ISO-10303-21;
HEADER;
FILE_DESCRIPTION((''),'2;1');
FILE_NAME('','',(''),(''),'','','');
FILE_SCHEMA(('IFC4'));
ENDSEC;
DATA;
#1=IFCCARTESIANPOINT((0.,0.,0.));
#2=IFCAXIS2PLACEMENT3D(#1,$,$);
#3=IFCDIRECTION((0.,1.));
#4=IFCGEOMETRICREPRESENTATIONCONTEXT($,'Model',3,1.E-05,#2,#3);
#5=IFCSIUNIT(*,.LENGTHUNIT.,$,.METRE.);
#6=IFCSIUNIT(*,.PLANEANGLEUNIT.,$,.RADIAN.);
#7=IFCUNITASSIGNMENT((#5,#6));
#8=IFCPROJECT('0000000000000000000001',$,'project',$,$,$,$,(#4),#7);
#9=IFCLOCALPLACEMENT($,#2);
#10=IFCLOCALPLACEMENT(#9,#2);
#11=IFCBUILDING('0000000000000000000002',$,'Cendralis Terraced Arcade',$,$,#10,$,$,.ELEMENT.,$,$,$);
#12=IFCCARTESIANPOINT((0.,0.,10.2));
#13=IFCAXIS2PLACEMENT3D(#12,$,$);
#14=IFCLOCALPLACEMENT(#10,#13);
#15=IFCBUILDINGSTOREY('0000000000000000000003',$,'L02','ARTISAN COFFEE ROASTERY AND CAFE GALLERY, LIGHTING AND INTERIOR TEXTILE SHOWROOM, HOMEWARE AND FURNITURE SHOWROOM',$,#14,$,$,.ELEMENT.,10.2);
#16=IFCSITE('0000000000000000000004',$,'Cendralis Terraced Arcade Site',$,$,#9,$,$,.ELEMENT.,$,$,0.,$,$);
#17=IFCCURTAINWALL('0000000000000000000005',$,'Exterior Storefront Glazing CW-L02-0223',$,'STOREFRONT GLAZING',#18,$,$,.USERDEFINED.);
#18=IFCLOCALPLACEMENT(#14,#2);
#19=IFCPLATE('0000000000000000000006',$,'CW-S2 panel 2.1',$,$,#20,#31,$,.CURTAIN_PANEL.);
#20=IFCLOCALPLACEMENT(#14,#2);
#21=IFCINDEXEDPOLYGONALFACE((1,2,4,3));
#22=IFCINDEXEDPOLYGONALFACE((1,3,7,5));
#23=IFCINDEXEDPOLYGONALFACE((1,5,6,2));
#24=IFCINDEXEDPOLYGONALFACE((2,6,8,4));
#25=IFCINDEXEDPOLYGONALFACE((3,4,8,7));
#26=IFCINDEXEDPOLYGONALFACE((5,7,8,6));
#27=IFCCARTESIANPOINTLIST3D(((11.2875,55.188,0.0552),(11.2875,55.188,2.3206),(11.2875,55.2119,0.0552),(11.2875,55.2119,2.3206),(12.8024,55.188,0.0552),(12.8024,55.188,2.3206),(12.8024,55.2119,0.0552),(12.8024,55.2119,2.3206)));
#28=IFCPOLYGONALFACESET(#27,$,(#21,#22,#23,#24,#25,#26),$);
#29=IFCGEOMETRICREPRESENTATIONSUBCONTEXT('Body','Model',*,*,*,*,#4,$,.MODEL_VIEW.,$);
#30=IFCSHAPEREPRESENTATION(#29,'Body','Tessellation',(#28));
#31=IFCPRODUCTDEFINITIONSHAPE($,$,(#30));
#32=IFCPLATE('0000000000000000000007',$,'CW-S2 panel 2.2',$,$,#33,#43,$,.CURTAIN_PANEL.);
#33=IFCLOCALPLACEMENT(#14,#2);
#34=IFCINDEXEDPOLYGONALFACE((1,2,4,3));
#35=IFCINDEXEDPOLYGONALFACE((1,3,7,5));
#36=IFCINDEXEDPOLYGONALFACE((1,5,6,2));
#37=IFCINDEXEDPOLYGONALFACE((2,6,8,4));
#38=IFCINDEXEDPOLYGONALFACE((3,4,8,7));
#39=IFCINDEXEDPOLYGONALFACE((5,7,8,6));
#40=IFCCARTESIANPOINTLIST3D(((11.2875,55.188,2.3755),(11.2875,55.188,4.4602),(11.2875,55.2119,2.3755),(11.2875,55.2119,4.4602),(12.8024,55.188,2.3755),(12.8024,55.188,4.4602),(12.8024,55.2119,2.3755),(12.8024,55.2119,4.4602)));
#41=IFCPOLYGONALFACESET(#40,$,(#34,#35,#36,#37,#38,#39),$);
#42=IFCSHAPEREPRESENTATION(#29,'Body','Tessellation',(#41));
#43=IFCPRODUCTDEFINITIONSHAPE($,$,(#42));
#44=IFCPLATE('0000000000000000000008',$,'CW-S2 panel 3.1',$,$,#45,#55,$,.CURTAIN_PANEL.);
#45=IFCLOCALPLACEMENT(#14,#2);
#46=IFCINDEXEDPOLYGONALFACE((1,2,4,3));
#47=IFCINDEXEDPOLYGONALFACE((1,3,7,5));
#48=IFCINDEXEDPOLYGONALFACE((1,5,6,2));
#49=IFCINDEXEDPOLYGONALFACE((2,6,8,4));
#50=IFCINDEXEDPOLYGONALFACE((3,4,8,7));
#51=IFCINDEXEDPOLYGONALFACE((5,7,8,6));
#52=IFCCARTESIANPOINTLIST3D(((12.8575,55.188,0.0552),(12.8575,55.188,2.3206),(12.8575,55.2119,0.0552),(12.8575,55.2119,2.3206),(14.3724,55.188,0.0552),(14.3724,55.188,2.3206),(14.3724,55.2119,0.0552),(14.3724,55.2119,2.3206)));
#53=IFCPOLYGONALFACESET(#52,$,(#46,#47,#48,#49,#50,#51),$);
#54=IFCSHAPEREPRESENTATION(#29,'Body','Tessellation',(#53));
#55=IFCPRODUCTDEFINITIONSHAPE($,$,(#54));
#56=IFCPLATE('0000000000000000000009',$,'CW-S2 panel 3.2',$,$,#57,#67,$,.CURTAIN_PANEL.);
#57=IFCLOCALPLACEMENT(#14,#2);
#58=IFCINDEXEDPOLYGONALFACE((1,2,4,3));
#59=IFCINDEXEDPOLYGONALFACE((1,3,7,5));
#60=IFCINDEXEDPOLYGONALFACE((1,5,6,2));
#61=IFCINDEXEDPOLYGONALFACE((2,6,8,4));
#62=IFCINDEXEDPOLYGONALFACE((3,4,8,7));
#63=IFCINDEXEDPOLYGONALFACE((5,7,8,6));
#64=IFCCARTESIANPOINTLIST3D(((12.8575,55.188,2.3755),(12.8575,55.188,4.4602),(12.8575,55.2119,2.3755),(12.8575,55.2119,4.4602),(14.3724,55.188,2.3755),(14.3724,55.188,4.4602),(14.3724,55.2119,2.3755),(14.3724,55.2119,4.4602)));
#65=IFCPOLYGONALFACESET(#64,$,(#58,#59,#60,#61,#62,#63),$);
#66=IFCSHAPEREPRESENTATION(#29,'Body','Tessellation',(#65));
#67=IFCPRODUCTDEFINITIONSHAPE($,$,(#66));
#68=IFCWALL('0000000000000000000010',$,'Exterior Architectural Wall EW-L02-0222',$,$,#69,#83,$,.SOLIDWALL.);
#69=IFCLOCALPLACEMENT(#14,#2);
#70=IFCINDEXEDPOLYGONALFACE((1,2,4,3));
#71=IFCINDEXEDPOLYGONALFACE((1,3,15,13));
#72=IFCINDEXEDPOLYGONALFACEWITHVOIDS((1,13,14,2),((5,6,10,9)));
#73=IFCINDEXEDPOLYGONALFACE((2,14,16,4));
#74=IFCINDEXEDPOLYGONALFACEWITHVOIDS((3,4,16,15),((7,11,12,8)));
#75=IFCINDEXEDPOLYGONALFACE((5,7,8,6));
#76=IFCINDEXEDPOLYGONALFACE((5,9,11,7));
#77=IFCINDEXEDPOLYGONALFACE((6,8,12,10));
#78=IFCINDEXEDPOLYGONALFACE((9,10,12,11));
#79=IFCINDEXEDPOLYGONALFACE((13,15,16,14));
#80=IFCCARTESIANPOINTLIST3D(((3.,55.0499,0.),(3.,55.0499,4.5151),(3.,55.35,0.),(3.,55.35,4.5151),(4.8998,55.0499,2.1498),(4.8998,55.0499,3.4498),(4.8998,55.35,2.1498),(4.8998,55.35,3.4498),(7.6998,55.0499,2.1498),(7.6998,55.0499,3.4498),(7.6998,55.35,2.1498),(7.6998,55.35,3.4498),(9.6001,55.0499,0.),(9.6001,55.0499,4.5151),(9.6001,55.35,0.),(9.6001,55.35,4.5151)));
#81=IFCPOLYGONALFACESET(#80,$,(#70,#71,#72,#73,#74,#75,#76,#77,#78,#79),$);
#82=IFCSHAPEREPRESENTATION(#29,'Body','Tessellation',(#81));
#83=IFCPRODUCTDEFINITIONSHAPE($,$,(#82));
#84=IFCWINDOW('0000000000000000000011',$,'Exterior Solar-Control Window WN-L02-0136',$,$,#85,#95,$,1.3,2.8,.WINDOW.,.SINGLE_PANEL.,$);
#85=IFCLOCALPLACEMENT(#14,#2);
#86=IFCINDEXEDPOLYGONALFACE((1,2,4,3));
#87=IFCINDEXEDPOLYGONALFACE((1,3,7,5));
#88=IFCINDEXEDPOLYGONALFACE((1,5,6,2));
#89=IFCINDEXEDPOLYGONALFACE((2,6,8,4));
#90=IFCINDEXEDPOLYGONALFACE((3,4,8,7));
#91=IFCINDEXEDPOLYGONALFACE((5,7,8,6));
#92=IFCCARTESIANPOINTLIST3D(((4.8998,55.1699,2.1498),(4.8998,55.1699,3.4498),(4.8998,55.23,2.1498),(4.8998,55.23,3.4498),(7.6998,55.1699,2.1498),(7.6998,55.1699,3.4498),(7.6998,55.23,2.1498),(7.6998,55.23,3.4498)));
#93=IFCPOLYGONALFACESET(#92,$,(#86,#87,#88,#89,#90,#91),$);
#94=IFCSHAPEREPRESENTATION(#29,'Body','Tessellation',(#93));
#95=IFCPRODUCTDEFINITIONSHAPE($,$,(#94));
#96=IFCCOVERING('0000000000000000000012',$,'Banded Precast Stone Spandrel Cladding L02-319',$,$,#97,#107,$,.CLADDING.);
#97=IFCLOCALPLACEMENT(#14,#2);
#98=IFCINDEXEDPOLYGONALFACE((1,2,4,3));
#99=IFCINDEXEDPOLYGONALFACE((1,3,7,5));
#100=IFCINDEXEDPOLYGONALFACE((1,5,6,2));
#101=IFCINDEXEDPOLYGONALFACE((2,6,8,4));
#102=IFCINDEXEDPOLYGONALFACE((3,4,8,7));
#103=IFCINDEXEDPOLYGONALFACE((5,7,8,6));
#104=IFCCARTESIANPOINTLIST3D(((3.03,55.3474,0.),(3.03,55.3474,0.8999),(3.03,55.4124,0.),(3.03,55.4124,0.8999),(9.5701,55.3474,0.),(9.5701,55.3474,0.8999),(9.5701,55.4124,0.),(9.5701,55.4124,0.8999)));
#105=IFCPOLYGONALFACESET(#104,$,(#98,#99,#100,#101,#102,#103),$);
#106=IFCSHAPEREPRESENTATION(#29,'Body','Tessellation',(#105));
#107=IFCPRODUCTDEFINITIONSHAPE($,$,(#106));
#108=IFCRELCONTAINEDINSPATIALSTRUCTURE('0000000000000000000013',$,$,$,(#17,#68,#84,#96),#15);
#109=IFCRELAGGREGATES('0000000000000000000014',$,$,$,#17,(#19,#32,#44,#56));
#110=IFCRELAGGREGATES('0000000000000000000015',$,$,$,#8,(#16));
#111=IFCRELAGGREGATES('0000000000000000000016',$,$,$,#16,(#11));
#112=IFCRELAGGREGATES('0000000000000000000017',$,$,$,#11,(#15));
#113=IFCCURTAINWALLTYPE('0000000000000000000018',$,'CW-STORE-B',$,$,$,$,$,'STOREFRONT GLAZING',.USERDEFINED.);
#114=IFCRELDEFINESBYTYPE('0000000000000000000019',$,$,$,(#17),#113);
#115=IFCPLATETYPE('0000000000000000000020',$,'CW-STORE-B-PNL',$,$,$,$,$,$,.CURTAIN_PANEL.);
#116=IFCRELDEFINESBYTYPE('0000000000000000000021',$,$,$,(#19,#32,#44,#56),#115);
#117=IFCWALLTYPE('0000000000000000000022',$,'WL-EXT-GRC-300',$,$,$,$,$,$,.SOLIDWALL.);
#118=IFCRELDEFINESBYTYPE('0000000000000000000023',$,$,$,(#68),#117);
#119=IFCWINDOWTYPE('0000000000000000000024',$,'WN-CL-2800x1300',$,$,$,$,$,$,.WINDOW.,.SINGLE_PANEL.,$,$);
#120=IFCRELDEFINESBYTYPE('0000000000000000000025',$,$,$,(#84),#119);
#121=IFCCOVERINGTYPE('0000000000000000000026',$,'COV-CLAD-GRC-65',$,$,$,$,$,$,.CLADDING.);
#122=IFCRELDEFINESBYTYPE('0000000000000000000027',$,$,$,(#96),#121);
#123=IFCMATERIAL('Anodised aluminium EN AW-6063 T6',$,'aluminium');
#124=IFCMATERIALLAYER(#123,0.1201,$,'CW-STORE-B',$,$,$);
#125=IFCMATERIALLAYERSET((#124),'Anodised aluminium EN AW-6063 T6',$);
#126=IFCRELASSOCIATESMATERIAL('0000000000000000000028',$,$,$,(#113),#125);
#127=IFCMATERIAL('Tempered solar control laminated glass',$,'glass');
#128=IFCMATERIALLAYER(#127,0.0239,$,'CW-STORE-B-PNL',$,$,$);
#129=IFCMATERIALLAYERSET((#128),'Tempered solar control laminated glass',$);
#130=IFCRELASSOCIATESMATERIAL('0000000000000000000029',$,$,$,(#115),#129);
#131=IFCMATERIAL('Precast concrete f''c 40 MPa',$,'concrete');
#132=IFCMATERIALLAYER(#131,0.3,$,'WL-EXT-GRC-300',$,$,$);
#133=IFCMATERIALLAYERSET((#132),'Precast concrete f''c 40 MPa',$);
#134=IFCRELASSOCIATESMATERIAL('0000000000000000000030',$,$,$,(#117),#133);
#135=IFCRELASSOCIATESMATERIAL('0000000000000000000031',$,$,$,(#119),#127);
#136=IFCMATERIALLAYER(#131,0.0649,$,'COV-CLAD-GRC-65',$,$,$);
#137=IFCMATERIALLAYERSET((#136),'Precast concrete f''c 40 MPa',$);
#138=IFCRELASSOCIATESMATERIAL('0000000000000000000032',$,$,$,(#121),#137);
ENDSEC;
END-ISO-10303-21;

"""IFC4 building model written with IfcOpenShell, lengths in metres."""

from ifc_helpers import new_model, si_unit, direction, frame, frame_2d, origin, origin_2d, place, context, subcontext, project, spatial, rectangle, extrude, material, layer, layer_set, type_object, element, fill, aggregate, save


model = new_model("IFC4")

# Units and contexts
model_context = context("Model", 3, precision=1e-05, world=origin(), true_north=direction((0.0, 1.0)))
body_context = subcontext(model_context, "Body", "Model", "MODEL_VIEW")
ifc_project = project(units=[si_unit("LENGTHUNIT", "METRE"), si_unit("PLANEANGLEUNIT", "RADIAN")], contexts=[model_context])

# Site, building, storey
site_placement = place(None, origin())
site = spatial("IfcSite", under=ifc_project, at=site_placement, Name="Cendralis Terraced Arcade Site", CompositionType="ELEMENT", RefElevation=0.0)
building_placement = place(site_placement, origin())
building = spatial("IfcBuilding", under=site, at=building_placement, Name="Cendralis Terraced Arcade", CompositionType="ELEMENT")
storey_placement = place(building_placement, frame((0.0, 0.0, 10.2)))
storey = spatial("IfcBuildingStorey", under=building, at=storey_placement, Name="L02", Description="ARTISAN COFFEE ROASTERY AND CAFE GALLERY, LIGHTING AND INTERIOR TEXTILE SHOWROOM, HOMEWARE AND FURNITURE SHOWROOM", CompositionType="ELEMENT", Elevation=10.2)

# Curtain wall, plates
ifc_material_1 = material(Name="Anodised aluminium EN AW-6063 T6", Category="aluminium")
ifc_layer_1 = layer(ifc_material_1, 0.1201, Name="CW-STORE-B")
ifc_layer_set_1 = layer_set([ifc_layer_1], Name="Anodised aluminium EN AW-6063 T6")
curtain_wall_type = type_object("IfcCurtainWallType", Name="CW-STORE-B", ElementType="STOREFRONT GLAZING", PredefinedType="USERDEFINED", material=ifc_layer_set_1)
curtain_wall_placement = place(storey_placement, origin())
curtain_wall = element("IfcCurtainWall", 1, at=curtain_wall_placement, inside=storey, type_object=curtain_wall_type, Name="Exterior Storefront Glazing CW-L02-0223", ObjectType="STOREFRONT GLAZING", PredefinedType="USERDEFINED")
ifc_material_2 = material(Name="Tempered solar control laminated glass", Category="glass")
ifc_layer_2 = layer(ifc_material_2, 0.0239, Name="CW-STORE-B-PNL")
ifc_layer_set_2 = layer_set([ifc_layer_2], Name="Tempered solar control laminated glass")
plate_type = type_object("IfcPlateType", Name="CW-STORE-B-PNL", PredefinedType="CURTAIN_PANEL", material=ifc_layer_set_2)
plate_1_placement = place(storey_placement, frame((12.0449, 55.2, 0.0552), z_axis=(0.0, 0.0, 1.0), x_axis=(1.0, 0.0, 0.0)))
plate_1 = element("IfcPlate", 2, at=plate_1_placement, type_object=plate_type, Name="CW-S2 panel 2.1", PredefinedType="CURTAIN_PANEL", context=body_context, shape_type="SweptSolid", body=[
    extrude(rectangle(XDim=1.5149, YDim=0.0239, at=origin_2d()), origin(), (0.0, 0.0, 1.0), 2.2654),
])
plate_2_placement = place(storey_placement, frame((12.0449, 55.2, 2.3755), z_axis=(0.0, 0.0, 1.0), x_axis=(1.0, 0.0, 0.0)))
plate_2 = element("IfcPlate", 3, at=plate_2_placement, type_object=plate_type, Name="CW-S2 panel 2.2", PredefinedType="CURTAIN_PANEL", context=body_context, shape_type="SweptSolid", body=[
    extrude(rectangle(XDim=1.5149, YDim=0.0239, at=origin_2d()), origin(), (0.0, 0.0, 1.0), 2.0847),
])
plate_3_placement = place(storey_placement, frame((13.615, 55.2, 0.0552), z_axis=(0.0, 0.0, 1.0), x_axis=(1.0, 0.0, 0.0)))
plate_3 = element("IfcPlate", 4, at=plate_3_placement, type_object=plate_type, Name="CW-S2 panel 3.1", PredefinedType="CURTAIN_PANEL", context=body_context, shape_type="SweptSolid", body=[
    extrude(rectangle(XDim=1.5149, YDim=0.0239, at=origin_2d()), origin(), (0.0, 0.0, 1.0), 2.2654),
])
plate_4_placement = place(storey_placement, frame((13.615, 55.2, 2.3755), z_axis=(0.0, 0.0, 1.0), x_axis=(1.0, 0.0, 0.0)))
plate_4 = element("IfcPlate", 5, at=plate_4_placement, type_object=plate_type, Name="CW-S2 panel 3.2", PredefinedType="CURTAIN_PANEL", context=body_context, shape_type="SweptSolid", body=[
    extrude(rectangle(XDim=1.5149, YDim=0.0239, at=origin_2d()), origin(), (0.0, 0.0, 1.0), 2.0847),
])
aggregate(curtain_wall, [plate_1, plate_2, plate_3, plate_4])

# Wall, opening, window
ifc_material_3 = material(Name="Precast concrete f'c 40 MPa", Category="concrete")
ifc_layer_3 = layer(ifc_material_3, 0.3, Name="WL-EXT-GRC-300")
ifc_layer_set_3 = layer_set([ifc_layer_3], Name="Precast concrete f'c 40 MPa")
wall_type = type_object("IfcWallType", Name="WL-EXT-GRC-300", PredefinedType="SOLIDWALL", material=ifc_layer_set_3)
wall_placement = place(storey_placement, frame((3.0, 55.2, 0.0), z_axis=(0.0, 0.0, 1.0), x_axis=(1.0, 0.0, 0.0)))
wall = element("IfcWall", 6, at=wall_placement, inside=storey, type_object=wall_type, Name="Exterior Architectural Wall EW-L02-0222", PredefinedType="SOLIDWALL", context=body_context, shape_type="SweptSolid", body=[
    extrude(rectangle(XDim=6.6001, YDim=0.3, at=frame_2d((3.3, 0.0))), origin(), (0.0, 0.0, 1.0), 4.5151),
])
opening_placement = place(wall_placement, frame((1.8999, 0.0, 2.1499)))
opening = element("IfcOpeningElement", 7, at=opening_placement, cuts=wall, PredefinedType="OPENING", context=body_context, shape_type="SweptSolid", body=[
    extrude(rectangle(XDim=2.8, YDim=1.3, at=frame_2d((1.3999, 0.6499))), frame((0.0, 0.1621, 0.0), z_axis=(0.0, -1.0, 0.0), x_axis=(1.0, 0.0, 0.0)), (0.0, 0.0, 1.0), 0.324),
])
window_type = type_object("IfcWindowType", Name="WN-CL-2800x1300", PartitioningType="SINGLE_PANEL", PredefinedType="WINDOW", material=ifc_material_2)
window_placement = place(opening_placement, origin())
window = element("IfcWindow", 8, at=window_placement, inside=storey, type_object=window_type, Name="Exterior Solar-Control Window WN-L02-0136", OverallHeight=1.3, OverallWidth=2.8, PartitioningType="SINGLE_PANEL", PredefinedType="WINDOW", context=body_context, shape_type="SweptSolid", body=[
    extrude(rectangle(XDim=2.8, YDim=1.3, at=frame_2d((1.3999, 0.6499))), frame((0.0, 0.03, 0.0), z_axis=(0.0, -1.0, 0.0), x_axis=(1.0, 0.0, 0.0)), (0.0, 0.0, 1.0), 0.0601),
])
fill(opening, window)

# Covering
ifc_layer_4 = layer(ifc_material_3, 0.0649, Name="COV-CLAD-GRC-65")
ifc_layer_set_4 = layer_set([ifc_layer_4], Name="Precast concrete f'c 40 MPa")
covering_type = type_object("IfcCoveringType", Name="COV-CLAD-GRC-65", PredefinedType="CLADDING", material=ifc_layer_set_4)
covering_placement = place(storey_placement, frame((6.3, 55.3799, 0.0), z_axis=(0.0, 0.0, 1.0), x_axis=(1.0, 0.0, 0.0)))
element("IfcCovering", 9, at=covering_placement, inside=storey, type_object=covering_type, Name="Banded Precast Stone Spandrel Cladding L02-319", PredefinedType="CLADDING", context=body_context, shape_type="SweptSolid", body=[
    extrude(rectangle(XDim=6.54, YDim=0.0649, at=origin_2d()), origin(), (0.0, 0.0, 1.0), 0.8999),
])

save(model, "model.ifc")
